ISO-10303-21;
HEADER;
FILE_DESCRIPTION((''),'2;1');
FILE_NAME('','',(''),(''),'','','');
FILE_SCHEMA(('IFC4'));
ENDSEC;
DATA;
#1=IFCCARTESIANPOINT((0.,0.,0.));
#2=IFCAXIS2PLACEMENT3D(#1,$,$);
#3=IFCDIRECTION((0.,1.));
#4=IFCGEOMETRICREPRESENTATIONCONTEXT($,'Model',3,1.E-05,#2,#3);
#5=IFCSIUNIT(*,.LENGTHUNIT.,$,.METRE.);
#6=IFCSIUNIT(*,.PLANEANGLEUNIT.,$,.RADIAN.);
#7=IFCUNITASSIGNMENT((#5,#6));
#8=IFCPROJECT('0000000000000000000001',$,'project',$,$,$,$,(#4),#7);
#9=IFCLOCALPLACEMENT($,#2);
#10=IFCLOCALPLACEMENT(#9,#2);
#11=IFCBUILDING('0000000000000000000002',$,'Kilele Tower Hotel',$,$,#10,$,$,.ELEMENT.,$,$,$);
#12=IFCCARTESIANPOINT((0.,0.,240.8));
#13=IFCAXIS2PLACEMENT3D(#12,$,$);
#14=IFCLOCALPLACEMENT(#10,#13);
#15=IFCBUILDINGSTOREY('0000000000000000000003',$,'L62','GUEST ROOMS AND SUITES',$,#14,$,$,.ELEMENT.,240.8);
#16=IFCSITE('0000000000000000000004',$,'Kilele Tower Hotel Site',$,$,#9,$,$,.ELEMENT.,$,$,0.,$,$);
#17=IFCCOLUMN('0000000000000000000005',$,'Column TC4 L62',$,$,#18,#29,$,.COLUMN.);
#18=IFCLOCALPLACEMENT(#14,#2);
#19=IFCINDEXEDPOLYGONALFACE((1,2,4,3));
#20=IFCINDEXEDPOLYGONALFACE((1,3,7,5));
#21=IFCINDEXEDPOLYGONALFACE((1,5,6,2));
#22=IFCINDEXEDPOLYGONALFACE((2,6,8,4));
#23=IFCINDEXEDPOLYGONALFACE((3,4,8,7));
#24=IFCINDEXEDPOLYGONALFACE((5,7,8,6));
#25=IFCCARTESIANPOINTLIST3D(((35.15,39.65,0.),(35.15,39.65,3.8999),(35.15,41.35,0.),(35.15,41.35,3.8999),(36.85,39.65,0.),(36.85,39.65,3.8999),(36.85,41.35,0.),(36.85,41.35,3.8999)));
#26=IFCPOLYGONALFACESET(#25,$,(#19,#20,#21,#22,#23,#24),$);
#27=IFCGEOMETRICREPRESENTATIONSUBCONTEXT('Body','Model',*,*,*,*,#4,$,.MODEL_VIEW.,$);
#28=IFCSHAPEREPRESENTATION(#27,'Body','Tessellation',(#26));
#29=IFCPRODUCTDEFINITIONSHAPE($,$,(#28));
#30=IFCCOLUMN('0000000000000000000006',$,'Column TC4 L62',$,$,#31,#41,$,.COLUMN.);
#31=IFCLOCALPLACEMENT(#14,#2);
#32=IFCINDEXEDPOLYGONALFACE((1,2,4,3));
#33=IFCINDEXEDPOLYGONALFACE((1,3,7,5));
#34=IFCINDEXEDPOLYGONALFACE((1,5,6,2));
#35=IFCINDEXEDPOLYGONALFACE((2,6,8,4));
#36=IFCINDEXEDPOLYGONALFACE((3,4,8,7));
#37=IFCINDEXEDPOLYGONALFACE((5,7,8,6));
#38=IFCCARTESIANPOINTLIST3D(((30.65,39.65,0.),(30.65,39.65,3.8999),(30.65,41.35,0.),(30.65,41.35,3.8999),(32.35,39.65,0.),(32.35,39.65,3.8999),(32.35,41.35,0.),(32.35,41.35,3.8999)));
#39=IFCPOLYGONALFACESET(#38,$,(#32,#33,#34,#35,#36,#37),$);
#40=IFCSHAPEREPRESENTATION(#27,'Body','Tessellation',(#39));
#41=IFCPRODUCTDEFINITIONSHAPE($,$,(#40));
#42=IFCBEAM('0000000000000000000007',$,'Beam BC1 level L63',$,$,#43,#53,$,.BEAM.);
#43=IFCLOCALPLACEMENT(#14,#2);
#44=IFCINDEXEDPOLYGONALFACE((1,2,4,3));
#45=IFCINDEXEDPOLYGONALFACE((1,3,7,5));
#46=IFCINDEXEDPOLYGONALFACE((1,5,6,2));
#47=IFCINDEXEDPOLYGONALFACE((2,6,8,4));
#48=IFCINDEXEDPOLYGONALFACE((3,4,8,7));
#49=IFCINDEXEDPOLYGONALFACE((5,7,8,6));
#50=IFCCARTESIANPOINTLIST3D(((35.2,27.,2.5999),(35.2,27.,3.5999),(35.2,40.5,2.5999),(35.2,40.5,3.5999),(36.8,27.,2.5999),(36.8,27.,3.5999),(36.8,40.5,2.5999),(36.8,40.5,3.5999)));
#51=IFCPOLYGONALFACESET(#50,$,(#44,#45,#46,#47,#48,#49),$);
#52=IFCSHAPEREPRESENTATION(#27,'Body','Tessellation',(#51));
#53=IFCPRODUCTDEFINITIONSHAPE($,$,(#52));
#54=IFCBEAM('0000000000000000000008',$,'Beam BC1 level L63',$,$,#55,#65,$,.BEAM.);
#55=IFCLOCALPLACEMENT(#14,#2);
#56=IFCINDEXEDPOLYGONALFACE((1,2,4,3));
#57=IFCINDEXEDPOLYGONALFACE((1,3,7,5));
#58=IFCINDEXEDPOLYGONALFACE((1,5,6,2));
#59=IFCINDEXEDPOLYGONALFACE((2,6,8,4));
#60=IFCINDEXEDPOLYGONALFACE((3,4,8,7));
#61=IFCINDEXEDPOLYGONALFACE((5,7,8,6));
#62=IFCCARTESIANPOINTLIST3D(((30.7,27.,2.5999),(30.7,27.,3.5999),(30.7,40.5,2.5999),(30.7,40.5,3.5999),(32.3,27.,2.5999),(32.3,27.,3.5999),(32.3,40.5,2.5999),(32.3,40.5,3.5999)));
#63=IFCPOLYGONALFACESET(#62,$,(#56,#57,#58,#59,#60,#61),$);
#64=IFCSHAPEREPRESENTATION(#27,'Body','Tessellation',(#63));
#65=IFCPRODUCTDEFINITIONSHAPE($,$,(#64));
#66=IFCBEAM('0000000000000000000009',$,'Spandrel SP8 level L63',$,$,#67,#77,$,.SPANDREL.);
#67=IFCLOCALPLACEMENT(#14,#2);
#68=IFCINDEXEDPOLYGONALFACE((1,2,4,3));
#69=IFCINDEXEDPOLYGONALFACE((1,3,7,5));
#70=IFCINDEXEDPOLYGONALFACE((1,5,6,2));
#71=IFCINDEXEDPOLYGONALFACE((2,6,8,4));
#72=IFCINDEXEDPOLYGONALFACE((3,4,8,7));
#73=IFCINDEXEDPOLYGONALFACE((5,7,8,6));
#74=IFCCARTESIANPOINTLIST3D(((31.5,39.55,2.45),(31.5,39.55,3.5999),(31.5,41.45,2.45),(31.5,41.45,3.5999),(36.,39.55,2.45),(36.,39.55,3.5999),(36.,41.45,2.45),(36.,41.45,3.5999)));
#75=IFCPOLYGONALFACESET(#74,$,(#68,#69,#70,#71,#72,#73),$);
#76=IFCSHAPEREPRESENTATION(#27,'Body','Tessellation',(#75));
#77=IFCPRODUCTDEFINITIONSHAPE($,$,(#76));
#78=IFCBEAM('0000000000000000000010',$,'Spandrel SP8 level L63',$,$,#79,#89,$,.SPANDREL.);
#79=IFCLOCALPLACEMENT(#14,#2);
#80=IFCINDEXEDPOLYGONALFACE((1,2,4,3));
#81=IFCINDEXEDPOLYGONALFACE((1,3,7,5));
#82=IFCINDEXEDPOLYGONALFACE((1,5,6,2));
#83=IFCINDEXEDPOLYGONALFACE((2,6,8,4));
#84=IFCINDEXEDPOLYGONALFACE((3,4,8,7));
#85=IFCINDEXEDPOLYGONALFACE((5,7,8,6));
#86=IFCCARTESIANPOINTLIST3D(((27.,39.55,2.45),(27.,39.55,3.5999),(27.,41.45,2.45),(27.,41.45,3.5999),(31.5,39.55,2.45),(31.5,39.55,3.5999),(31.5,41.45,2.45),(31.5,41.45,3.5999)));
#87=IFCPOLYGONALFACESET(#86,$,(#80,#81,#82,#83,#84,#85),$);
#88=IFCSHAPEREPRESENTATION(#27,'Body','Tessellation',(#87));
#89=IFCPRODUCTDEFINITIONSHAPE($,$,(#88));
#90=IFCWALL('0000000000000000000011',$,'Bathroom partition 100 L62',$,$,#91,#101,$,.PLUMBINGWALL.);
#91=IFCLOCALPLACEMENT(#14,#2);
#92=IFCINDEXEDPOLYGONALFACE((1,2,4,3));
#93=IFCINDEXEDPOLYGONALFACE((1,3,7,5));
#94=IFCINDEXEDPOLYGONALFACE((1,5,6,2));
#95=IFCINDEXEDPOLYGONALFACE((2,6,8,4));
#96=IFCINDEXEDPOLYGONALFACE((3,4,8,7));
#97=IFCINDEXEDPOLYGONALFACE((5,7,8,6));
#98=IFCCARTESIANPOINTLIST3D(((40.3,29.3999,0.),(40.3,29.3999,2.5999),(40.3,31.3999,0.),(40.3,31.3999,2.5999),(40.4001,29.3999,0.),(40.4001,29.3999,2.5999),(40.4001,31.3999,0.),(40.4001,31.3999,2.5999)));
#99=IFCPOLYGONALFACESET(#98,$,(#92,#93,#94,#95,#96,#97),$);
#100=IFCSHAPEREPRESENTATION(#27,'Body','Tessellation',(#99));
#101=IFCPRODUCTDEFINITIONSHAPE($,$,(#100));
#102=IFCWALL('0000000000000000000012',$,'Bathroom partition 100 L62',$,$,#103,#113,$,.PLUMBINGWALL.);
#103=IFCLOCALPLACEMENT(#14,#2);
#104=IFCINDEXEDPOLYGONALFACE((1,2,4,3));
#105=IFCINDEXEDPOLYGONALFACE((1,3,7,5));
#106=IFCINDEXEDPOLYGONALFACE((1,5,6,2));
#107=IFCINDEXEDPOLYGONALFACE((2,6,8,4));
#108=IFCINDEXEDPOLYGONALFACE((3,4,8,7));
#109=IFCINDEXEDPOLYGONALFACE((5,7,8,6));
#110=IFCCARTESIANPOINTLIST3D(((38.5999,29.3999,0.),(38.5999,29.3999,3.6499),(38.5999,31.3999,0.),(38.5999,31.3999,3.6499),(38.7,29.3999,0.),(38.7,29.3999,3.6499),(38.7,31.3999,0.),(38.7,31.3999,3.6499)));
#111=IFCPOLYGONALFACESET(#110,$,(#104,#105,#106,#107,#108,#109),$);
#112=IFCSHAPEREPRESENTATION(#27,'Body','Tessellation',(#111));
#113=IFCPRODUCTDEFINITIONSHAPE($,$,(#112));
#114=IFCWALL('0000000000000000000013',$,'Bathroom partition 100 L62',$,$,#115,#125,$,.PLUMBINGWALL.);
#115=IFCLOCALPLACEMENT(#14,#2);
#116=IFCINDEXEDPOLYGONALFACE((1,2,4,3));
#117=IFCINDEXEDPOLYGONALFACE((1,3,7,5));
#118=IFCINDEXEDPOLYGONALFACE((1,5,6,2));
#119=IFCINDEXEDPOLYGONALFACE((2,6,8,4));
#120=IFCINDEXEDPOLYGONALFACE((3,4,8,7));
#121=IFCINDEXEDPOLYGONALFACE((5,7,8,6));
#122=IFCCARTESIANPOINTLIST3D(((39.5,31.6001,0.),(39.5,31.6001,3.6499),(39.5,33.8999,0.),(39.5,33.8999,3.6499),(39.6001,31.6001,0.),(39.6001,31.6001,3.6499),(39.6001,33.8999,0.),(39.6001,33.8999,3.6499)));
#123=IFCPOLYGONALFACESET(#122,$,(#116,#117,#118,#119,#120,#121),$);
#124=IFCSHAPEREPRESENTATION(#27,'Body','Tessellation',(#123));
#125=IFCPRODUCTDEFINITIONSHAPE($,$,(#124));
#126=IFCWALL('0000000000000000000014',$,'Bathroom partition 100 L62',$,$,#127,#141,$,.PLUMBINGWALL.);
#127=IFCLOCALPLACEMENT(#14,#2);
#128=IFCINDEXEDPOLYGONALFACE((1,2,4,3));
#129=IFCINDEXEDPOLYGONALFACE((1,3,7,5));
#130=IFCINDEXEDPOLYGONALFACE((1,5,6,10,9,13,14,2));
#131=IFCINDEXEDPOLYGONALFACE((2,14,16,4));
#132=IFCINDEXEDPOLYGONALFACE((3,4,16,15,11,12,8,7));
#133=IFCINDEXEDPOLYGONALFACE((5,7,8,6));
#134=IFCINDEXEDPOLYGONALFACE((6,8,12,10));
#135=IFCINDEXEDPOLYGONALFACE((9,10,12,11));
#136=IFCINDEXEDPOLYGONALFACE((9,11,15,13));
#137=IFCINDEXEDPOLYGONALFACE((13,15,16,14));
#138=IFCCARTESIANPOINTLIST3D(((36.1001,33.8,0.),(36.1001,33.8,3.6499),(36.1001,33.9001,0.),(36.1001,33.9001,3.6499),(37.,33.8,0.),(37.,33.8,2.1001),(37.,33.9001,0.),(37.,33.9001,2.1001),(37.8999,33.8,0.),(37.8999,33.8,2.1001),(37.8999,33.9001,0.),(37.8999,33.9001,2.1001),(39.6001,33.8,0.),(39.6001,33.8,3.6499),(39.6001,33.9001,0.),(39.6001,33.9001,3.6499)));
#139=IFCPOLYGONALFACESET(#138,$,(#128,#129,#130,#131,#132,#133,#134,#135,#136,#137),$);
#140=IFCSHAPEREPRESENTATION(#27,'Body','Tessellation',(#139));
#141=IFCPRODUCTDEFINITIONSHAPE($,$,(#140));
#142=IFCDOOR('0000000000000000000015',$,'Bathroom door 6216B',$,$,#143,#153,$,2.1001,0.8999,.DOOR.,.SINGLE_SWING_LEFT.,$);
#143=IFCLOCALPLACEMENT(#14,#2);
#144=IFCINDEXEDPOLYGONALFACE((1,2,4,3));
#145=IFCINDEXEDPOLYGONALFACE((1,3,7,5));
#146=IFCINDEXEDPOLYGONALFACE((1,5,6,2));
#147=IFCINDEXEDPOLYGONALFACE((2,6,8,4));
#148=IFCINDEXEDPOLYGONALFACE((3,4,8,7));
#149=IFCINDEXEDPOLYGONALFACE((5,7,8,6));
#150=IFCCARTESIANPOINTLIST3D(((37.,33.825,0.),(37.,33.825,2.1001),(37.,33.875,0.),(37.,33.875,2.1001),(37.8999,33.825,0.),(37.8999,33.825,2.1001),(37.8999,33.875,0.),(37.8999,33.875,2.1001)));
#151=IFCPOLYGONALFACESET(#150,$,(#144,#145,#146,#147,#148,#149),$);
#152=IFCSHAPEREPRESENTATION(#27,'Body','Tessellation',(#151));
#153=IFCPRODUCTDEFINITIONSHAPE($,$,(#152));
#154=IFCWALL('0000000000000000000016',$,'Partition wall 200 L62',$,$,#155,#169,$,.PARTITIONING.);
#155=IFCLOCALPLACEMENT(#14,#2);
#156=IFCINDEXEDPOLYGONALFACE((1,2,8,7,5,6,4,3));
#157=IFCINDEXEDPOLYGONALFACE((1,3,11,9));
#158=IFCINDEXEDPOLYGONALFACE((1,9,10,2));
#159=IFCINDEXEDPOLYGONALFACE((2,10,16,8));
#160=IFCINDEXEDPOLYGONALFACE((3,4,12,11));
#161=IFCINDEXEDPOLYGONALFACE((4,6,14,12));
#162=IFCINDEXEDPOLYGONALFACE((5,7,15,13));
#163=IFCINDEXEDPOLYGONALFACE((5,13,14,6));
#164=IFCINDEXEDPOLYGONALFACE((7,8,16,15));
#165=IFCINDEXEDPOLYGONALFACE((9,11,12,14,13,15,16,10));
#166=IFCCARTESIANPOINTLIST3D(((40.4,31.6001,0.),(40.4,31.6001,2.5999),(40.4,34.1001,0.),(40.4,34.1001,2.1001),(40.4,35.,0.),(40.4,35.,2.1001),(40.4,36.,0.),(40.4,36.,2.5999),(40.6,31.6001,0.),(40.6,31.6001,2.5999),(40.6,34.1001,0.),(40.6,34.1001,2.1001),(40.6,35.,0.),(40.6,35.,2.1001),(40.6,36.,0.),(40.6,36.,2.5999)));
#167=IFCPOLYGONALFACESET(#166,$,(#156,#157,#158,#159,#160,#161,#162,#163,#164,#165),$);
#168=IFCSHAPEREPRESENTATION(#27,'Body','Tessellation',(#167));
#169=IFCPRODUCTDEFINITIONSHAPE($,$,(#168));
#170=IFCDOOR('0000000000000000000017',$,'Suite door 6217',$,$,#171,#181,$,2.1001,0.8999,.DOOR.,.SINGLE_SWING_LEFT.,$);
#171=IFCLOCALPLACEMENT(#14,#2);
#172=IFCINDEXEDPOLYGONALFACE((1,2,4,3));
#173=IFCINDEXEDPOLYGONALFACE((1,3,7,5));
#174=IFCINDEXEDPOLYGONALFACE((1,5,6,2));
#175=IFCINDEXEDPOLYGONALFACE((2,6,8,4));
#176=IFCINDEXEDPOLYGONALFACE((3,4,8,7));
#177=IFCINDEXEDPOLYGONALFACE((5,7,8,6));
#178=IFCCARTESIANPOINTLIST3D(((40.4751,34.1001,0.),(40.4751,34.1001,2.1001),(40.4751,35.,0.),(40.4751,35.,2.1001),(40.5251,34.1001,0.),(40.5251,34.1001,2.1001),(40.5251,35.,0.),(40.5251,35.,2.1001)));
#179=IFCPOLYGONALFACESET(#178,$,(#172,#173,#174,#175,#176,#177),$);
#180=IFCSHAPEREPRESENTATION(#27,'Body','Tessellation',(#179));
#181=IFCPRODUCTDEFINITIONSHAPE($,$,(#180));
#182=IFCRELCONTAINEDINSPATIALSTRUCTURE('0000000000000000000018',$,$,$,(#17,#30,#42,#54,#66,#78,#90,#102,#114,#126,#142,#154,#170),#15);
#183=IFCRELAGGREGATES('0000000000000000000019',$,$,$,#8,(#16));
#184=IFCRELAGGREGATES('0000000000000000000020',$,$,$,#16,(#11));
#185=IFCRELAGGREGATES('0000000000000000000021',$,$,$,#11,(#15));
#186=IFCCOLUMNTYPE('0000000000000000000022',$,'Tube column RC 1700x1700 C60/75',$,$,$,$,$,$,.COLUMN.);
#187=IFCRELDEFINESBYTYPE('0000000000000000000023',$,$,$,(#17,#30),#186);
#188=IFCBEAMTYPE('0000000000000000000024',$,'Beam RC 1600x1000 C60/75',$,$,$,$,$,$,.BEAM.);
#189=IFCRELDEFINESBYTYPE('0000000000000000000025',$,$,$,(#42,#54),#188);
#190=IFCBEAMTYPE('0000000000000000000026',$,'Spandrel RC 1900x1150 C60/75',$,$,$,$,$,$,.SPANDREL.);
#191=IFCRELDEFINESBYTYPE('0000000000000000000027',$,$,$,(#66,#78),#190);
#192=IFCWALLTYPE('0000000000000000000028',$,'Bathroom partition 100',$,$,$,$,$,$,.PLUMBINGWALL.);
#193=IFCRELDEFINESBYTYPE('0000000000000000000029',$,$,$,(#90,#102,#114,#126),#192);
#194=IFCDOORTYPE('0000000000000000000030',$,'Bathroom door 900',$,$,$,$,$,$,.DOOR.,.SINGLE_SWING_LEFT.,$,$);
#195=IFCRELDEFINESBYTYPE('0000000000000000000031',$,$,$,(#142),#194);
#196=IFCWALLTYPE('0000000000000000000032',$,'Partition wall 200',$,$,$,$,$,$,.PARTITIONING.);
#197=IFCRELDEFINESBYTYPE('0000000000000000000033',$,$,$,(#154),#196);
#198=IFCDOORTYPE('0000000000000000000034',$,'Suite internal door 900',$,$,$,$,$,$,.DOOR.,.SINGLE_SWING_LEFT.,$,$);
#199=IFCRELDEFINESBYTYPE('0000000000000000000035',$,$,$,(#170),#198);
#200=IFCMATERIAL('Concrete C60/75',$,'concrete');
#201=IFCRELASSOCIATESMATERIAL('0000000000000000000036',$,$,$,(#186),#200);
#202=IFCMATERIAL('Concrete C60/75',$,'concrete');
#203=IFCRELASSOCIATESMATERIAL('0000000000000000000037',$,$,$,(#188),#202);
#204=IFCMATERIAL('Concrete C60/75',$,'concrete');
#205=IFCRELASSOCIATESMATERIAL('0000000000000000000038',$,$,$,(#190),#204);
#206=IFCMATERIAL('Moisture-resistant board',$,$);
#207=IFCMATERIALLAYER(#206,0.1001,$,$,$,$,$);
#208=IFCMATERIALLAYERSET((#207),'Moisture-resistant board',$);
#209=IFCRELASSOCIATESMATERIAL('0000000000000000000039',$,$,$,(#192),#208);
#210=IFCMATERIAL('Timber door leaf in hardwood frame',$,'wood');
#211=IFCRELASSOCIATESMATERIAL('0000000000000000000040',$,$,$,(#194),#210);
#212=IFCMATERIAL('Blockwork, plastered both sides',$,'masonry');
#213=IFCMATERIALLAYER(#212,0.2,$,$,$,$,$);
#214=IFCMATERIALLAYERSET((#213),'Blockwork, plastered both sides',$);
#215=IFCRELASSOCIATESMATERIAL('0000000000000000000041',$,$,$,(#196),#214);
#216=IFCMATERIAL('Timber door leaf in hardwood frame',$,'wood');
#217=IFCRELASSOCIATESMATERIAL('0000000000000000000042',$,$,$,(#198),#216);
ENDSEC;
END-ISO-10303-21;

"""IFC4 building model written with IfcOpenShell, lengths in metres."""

from ifc_helpers import new_model, si_unit, direction, frame, frame_2d, origin, origin_2d, place, context, subcontext, project, spatial, rectangle, extrude, material, layer, layer_set, material_profile, profile_set, type_object, element, fill, save


model = new_model("IFC4")

# Units and contexts
model_context = context("Model", 3, precision=1e-05, world=origin(), true_north=direction((0.0, 1.0)))
body_context = subcontext(model_context, "Body", "Model", "MODEL_VIEW")
ifc_project = project(units=[si_unit("LENGTHUNIT", "METRE"), si_unit("PLANEANGLEUNIT", "RADIAN")], contexts=[model_context])

# Site, building, storey
site_placement = place(None, origin())
site = spatial("IfcSite", under=ifc_project, at=site_placement, Name="Kilele Tower Hotel Site", CompositionType="ELEMENT", RefElevation=0.0)
building_placement = place(site_placement, origin())
building = spatial("IfcBuilding", under=site, at=building_placement, Name="Kilele Tower Hotel", CompositionType="ELEMENT")
storey_placement = place(building_placement, frame((0.0, 0.0, 240.8)))
storey = spatial("IfcBuildingStorey", under=building, at=storey_placement, Name="L62", Description="GUEST ROOMS AND SUITES", CompositionType="ELEMENT", Elevation=240.8)

# Columns
ifc_material_1 = material(Name="Concrete C60/75", Category="concrete")
ifc_material_profile_1 = material_profile(ifc_material_1, rectangle(XDim=1.7, YDim=1.7, at=origin_2d()))
ifc_profile_set_1 = profile_set([ifc_material_profile_1], Name="Concrete C60/75")
column_type = type_object("IfcColumnType", Name="Tube column RC 1700x1700 C60/75", PredefinedType="COLUMN", material=ifc_profile_set_1)
for number, where, z_axis, x_axis, name in (
    (1, (36.0, 40.5, 0.0), (0.0, 0.0, 1.0), (1.0, 0.0, 0.0), "Column TC4 L62"),
    (2, (31.5, 40.5, 0.0), (0.0, 0.0, 1.0), (1.0, 0.0, 0.0), "Column TC4 L62"),
):
    element("IfcColumn", number, at=place(storey_placement, frame(where, z_axis=z_axis, x_axis=x_axis)), inside=storey, type_object=column_type, Name=name, PredefinedType="COLUMN", context=body_context, shape_type="SweptSolid", body=[
        extrude(rectangle(XDim=1.7, YDim=1.7, at=origin_2d()), origin(), (0.0, 0.0, 1.0), 3.8999),
    ])

# Beams
ifc_material_2 = material(Name="Concrete C60/75", Category="concrete")
ifc_material_profile_2 = material_profile(ifc_material_2, rectangle(XDim=1.6001, YDim=1.0, at=origin_2d()))
ifc_profile_set_2 = profile_set([ifc_material_profile_2], Name="Concrete C60/75")
beam_type_1 = type_object("IfcBeamType", Name="Beam RC 1600x1000 C60/75", PredefinedType="BEAM", material=ifc_profile_set_2)
for number, where, z_axis, x_axis, name in (
    (3, (36.0, 40.5, 3.0999), (0.0, -1.0, 0.0), (1.0, 0.0, 0.0), "Beam BC1 level L63"),
    (4, (31.5, 40.5, 3.0999), (0.0, -1.0, 0.0), (1.0, 0.0, 0.0), "Beam BC1 level L63"),
):
    element("IfcBeam", number, at=place(storey_placement, frame(where, z_axis=z_axis, x_axis=x_axis)), inside=storey, type_object=beam_type_1, Name=name, PredefinedType="BEAM", context=body_context, shape_type="SweptSolid", body=[
        extrude(rectangle(XDim=1.6001, YDim=1.0, at=origin_2d()), origin(), (0.0, 0.0, 1.0), 13.5),
    ])
ifc_material_3 = material(Name="Concrete C60/75", Category="concrete")
ifc_material_profile_3 = material_profile(ifc_material_3, rectangle(XDim=1.8999, YDim=1.1499, at=origin_2d()))
ifc_profile_set_3 = profile_set([ifc_material_profile_3], Name="Concrete C60/75")
beam_type_2 = type_object("IfcBeamType", Name="Spandrel RC 1900x1150 C60/75", PredefinedType="SPANDREL", material=ifc_profile_set_3)
for number, where, z_axis, x_axis, name in (
    (5, (36.0, 40.5, 3.0249), (-1.0, 0.0, 0.0), (0.0, -1.0, 0.0), "Spandrel SP8 level L63"),
    (6, (31.5, 40.5, 3.0249), (-1.0, 0.0, 0.0), (0.0, -1.0, 0.0), "Spandrel SP8 level L63"),
):
    element("IfcBeam", number, at=place(storey_placement, frame(where, z_axis=z_axis, x_axis=x_axis)), inside=storey, type_object=beam_type_2, Name=name, PredefinedType="SPANDREL", context=body_context, shape_type="SweptSolid", body=[
        extrude(rectangle(XDim=1.8999, YDim=1.1499, at=origin_2d()), origin(), (0.0, 0.0, 1.0), 4.5),
    ])

# Walls
ifc_material_4 = material(Name="Moisture-resistant board")
ifc_layer_1 = layer(ifc_material_4, 0.1001)
ifc_layer_set_1 = layer_set([ifc_layer_1], Name="Moisture-resistant board")
wall_type_1 = type_object("IfcWallType", Name="Bathroom partition 100", PredefinedType="PLUMBINGWALL", material=ifc_layer_set_1)
wall_1_placement = place(storey_placement, frame((40.3501, 31.3999, 0.0), z_axis=(0.0, 0.0, 1.0), x_axis=(0.0, -1.0, 0.0)))
element("IfcWall", 7, at=wall_1_placement, inside=storey, type_object=wall_type_1, Name="Bathroom partition 100 L62", PredefinedType="PLUMBINGWALL", context=body_context, shape_type="SweptSolid", body=[
    extrude(rectangle(XDim=2.0, YDim=0.1001, at=frame_2d((1.0, 0.0))), origin(), (0.0, 0.0, 1.0), 2.5999),
])
wall_2_placement = place(storey_placement, frame((38.6499, 31.3999, 0.0), z_axis=(0.0, 0.0, 1.0), x_axis=(0.0, -1.0, 0.0)))
element("IfcWall", 8, at=wall_2_placement, inside=storey, type_object=wall_type_1, Name="Bathroom partition 100 L62", PredefinedType="PLUMBINGWALL", context=body_context, shape_type="SweptSolid", body=[
    extrude(rectangle(XDim=2.0, YDim=0.1001, at=frame_2d((1.0, 0.0))), origin(), (0.0, 0.0, 1.0), 3.6499),
])
wall_3_placement = place(storey_placement, frame((39.55, 31.6001, 0.0), z_axis=(0.0, 0.0, 1.0), x_axis=(0.0, 1.0, 0.0)))
element("IfcWall", 9, at=wall_3_placement, inside=storey, type_object=wall_type_1, Name="Bathroom partition 100 L62", PredefinedType="PLUMBINGWALL", context=body_context, shape_type="SweptSolid", body=[
    extrude(rectangle(XDim=2.2998, YDim=0.1001, at=frame_2d((1.1499, 0.0))), origin(), (0.0, 0.0, 1.0), 3.6499),
])

# Walls, openings, doors
wall_4_placement = place(storey_placement, frame((36.1001, 33.8501, 0.0), z_axis=(0.0, 0.0, 1.0), x_axis=(1.0, 0.0, 0.0)))
wall_4 = element("IfcWall", 10, at=wall_4_placement, inside=storey, type_object=wall_type_1, Name="Bathroom partition 100 L62", PredefinedType="PLUMBINGWALL", context=body_context, shape_type="SweptSolid", body=[
    extrude(rectangle(XDim=3.5, YDim=0.1001, at=frame_2d((1.75, 0.0))), origin(), (0.0, 0.0, 1.0), 3.6499),
])
opening_1_placement = place(wall_4_placement, frame((0.8999, 0.0, 0.0)))
opening_1 = element("IfcOpeningElement", 11, at=opening_1_placement, cuts=wall_4, PredefinedType="OPENING", context=body_context, shape_type="SweptSolid", body=[
    extrude(rectangle(XDim=0.8999, YDim=2.1001, at=frame_2d((0.45, 1.05))), frame((0.0, 0.0601, 0.0), z_axis=(0.0, -1.0, 0.0), x_axis=(1.0, 0.0, 0.0)), (0.0, 0.0, 1.0), 0.1201),
])
ifc_material_5 = material(Name="Timber door leaf in hardwood frame", Category="wood")
door_type_1 = type_object("IfcDoorType", Name="Bathroom door 900", OperationType="SINGLE_SWING_LEFT", PredefinedType="DOOR", material=ifc_material_5)
door_1_placement = place(opening_1_placement, origin())
door_1 = element("IfcDoor", 12, at=door_1_placement, inside=storey, type_object=door_type_1, Name="Bathroom door 6216B", OperationType="SINGLE_SWING_LEFT", OverallHeight=2.1001, OverallWidth=0.8999, PredefinedType="DOOR", context=body_context, shape_type="SweptSolid", body=[
    extrude(rectangle(XDim=0.8999, YDim=2.1001, at=frame_2d((0.45, 1.05))), frame((0.0, 0.0249, 0.0), z_axis=(0.0, -1.0, 0.0), x_axis=(1.0, 0.0, 0.0)), (0.0, 0.0, 1.0), 0.05),
])
fill(opening_1, door_1)
ifc_material_6 = material(Name="Blockwork, plastered both sides", Category="masonry")
ifc_layer_2 = layer(ifc_material_6, 0.2)
ifc_layer_set_2 = layer_set([ifc_layer_2], Name="Blockwork, plastered both sides")
wall_type_2 = type_object("IfcWallType", Name="Partition wall 200", PredefinedType="PARTITIONING", material=ifc_layer_set_2)
wall_5_placement = place(storey_placement, frame((40.5, 31.6001, 0.0), z_axis=(0.0, 0.0, 1.0), x_axis=(0.0, 1.0, 0.0)))
wall_5 = element("IfcWall", 13, at=wall_5_placement, inside=storey, type_object=wall_type_2, Name="Partition wall 200 L62", PredefinedType="PARTITIONING", context=body_context, shape_type="SweptSolid", body=[
    extrude(rectangle(XDim=4.3999, YDim=0.2, at=frame_2d((2.2, 0.0))), origin(), (0.0, 0.0, 1.0), 2.5999),
])
opening_2_placement = place(wall_5_placement, frame((2.5, 0.0, 0.0)))
opening_2 = element("IfcOpeningElement", 14, at=opening_2_placement, cuts=wall_5, PredefinedType="OPENING", context=body_context, shape_type="SweptSolid", body=[
    extrude(rectangle(XDim=0.8999, YDim=2.1001, at=frame_2d((0.45, 1.05))), frame((0.0, 0.1099, 0.0), z_axis=(0.0, -1.0, 0.0), x_axis=(1.0, 0.0, 0.0)), (0.0, 0.0, 1.0), 0.22),
])
ifc_material_7 = material(Name="Timber door leaf in hardwood frame", Category="wood")
door_type_2 = type_object("IfcDoorType", Name="Suite internal door 900", OperationType="SINGLE_SWING_LEFT", PredefinedType="DOOR", material=ifc_material_7)
door_2_placement = place(opening_2_placement, origin())
door_2 = element("IfcDoor", 15, at=door_2_placement, inside=storey, type_object=door_type_2, Name="Suite door 6217", OperationType="SINGLE_SWING_LEFT", OverallHeight=2.1001, OverallWidth=0.8999, PredefinedType="DOOR", context=body_context, shape_type="SweptSolid", body=[
    extrude(rectangle(XDim=0.8999, YDim=2.1001, at=frame_2d((0.45, 1.05))), frame((0.0, 0.0249, 0.0), z_axis=(0.0, -1.0, 0.0), x_axis=(1.0, 0.0, 0.0)), (0.0, 0.0, 1.0), 0.05),
])
fill(opening_2, door_2)

save(model, "model.ifc")
